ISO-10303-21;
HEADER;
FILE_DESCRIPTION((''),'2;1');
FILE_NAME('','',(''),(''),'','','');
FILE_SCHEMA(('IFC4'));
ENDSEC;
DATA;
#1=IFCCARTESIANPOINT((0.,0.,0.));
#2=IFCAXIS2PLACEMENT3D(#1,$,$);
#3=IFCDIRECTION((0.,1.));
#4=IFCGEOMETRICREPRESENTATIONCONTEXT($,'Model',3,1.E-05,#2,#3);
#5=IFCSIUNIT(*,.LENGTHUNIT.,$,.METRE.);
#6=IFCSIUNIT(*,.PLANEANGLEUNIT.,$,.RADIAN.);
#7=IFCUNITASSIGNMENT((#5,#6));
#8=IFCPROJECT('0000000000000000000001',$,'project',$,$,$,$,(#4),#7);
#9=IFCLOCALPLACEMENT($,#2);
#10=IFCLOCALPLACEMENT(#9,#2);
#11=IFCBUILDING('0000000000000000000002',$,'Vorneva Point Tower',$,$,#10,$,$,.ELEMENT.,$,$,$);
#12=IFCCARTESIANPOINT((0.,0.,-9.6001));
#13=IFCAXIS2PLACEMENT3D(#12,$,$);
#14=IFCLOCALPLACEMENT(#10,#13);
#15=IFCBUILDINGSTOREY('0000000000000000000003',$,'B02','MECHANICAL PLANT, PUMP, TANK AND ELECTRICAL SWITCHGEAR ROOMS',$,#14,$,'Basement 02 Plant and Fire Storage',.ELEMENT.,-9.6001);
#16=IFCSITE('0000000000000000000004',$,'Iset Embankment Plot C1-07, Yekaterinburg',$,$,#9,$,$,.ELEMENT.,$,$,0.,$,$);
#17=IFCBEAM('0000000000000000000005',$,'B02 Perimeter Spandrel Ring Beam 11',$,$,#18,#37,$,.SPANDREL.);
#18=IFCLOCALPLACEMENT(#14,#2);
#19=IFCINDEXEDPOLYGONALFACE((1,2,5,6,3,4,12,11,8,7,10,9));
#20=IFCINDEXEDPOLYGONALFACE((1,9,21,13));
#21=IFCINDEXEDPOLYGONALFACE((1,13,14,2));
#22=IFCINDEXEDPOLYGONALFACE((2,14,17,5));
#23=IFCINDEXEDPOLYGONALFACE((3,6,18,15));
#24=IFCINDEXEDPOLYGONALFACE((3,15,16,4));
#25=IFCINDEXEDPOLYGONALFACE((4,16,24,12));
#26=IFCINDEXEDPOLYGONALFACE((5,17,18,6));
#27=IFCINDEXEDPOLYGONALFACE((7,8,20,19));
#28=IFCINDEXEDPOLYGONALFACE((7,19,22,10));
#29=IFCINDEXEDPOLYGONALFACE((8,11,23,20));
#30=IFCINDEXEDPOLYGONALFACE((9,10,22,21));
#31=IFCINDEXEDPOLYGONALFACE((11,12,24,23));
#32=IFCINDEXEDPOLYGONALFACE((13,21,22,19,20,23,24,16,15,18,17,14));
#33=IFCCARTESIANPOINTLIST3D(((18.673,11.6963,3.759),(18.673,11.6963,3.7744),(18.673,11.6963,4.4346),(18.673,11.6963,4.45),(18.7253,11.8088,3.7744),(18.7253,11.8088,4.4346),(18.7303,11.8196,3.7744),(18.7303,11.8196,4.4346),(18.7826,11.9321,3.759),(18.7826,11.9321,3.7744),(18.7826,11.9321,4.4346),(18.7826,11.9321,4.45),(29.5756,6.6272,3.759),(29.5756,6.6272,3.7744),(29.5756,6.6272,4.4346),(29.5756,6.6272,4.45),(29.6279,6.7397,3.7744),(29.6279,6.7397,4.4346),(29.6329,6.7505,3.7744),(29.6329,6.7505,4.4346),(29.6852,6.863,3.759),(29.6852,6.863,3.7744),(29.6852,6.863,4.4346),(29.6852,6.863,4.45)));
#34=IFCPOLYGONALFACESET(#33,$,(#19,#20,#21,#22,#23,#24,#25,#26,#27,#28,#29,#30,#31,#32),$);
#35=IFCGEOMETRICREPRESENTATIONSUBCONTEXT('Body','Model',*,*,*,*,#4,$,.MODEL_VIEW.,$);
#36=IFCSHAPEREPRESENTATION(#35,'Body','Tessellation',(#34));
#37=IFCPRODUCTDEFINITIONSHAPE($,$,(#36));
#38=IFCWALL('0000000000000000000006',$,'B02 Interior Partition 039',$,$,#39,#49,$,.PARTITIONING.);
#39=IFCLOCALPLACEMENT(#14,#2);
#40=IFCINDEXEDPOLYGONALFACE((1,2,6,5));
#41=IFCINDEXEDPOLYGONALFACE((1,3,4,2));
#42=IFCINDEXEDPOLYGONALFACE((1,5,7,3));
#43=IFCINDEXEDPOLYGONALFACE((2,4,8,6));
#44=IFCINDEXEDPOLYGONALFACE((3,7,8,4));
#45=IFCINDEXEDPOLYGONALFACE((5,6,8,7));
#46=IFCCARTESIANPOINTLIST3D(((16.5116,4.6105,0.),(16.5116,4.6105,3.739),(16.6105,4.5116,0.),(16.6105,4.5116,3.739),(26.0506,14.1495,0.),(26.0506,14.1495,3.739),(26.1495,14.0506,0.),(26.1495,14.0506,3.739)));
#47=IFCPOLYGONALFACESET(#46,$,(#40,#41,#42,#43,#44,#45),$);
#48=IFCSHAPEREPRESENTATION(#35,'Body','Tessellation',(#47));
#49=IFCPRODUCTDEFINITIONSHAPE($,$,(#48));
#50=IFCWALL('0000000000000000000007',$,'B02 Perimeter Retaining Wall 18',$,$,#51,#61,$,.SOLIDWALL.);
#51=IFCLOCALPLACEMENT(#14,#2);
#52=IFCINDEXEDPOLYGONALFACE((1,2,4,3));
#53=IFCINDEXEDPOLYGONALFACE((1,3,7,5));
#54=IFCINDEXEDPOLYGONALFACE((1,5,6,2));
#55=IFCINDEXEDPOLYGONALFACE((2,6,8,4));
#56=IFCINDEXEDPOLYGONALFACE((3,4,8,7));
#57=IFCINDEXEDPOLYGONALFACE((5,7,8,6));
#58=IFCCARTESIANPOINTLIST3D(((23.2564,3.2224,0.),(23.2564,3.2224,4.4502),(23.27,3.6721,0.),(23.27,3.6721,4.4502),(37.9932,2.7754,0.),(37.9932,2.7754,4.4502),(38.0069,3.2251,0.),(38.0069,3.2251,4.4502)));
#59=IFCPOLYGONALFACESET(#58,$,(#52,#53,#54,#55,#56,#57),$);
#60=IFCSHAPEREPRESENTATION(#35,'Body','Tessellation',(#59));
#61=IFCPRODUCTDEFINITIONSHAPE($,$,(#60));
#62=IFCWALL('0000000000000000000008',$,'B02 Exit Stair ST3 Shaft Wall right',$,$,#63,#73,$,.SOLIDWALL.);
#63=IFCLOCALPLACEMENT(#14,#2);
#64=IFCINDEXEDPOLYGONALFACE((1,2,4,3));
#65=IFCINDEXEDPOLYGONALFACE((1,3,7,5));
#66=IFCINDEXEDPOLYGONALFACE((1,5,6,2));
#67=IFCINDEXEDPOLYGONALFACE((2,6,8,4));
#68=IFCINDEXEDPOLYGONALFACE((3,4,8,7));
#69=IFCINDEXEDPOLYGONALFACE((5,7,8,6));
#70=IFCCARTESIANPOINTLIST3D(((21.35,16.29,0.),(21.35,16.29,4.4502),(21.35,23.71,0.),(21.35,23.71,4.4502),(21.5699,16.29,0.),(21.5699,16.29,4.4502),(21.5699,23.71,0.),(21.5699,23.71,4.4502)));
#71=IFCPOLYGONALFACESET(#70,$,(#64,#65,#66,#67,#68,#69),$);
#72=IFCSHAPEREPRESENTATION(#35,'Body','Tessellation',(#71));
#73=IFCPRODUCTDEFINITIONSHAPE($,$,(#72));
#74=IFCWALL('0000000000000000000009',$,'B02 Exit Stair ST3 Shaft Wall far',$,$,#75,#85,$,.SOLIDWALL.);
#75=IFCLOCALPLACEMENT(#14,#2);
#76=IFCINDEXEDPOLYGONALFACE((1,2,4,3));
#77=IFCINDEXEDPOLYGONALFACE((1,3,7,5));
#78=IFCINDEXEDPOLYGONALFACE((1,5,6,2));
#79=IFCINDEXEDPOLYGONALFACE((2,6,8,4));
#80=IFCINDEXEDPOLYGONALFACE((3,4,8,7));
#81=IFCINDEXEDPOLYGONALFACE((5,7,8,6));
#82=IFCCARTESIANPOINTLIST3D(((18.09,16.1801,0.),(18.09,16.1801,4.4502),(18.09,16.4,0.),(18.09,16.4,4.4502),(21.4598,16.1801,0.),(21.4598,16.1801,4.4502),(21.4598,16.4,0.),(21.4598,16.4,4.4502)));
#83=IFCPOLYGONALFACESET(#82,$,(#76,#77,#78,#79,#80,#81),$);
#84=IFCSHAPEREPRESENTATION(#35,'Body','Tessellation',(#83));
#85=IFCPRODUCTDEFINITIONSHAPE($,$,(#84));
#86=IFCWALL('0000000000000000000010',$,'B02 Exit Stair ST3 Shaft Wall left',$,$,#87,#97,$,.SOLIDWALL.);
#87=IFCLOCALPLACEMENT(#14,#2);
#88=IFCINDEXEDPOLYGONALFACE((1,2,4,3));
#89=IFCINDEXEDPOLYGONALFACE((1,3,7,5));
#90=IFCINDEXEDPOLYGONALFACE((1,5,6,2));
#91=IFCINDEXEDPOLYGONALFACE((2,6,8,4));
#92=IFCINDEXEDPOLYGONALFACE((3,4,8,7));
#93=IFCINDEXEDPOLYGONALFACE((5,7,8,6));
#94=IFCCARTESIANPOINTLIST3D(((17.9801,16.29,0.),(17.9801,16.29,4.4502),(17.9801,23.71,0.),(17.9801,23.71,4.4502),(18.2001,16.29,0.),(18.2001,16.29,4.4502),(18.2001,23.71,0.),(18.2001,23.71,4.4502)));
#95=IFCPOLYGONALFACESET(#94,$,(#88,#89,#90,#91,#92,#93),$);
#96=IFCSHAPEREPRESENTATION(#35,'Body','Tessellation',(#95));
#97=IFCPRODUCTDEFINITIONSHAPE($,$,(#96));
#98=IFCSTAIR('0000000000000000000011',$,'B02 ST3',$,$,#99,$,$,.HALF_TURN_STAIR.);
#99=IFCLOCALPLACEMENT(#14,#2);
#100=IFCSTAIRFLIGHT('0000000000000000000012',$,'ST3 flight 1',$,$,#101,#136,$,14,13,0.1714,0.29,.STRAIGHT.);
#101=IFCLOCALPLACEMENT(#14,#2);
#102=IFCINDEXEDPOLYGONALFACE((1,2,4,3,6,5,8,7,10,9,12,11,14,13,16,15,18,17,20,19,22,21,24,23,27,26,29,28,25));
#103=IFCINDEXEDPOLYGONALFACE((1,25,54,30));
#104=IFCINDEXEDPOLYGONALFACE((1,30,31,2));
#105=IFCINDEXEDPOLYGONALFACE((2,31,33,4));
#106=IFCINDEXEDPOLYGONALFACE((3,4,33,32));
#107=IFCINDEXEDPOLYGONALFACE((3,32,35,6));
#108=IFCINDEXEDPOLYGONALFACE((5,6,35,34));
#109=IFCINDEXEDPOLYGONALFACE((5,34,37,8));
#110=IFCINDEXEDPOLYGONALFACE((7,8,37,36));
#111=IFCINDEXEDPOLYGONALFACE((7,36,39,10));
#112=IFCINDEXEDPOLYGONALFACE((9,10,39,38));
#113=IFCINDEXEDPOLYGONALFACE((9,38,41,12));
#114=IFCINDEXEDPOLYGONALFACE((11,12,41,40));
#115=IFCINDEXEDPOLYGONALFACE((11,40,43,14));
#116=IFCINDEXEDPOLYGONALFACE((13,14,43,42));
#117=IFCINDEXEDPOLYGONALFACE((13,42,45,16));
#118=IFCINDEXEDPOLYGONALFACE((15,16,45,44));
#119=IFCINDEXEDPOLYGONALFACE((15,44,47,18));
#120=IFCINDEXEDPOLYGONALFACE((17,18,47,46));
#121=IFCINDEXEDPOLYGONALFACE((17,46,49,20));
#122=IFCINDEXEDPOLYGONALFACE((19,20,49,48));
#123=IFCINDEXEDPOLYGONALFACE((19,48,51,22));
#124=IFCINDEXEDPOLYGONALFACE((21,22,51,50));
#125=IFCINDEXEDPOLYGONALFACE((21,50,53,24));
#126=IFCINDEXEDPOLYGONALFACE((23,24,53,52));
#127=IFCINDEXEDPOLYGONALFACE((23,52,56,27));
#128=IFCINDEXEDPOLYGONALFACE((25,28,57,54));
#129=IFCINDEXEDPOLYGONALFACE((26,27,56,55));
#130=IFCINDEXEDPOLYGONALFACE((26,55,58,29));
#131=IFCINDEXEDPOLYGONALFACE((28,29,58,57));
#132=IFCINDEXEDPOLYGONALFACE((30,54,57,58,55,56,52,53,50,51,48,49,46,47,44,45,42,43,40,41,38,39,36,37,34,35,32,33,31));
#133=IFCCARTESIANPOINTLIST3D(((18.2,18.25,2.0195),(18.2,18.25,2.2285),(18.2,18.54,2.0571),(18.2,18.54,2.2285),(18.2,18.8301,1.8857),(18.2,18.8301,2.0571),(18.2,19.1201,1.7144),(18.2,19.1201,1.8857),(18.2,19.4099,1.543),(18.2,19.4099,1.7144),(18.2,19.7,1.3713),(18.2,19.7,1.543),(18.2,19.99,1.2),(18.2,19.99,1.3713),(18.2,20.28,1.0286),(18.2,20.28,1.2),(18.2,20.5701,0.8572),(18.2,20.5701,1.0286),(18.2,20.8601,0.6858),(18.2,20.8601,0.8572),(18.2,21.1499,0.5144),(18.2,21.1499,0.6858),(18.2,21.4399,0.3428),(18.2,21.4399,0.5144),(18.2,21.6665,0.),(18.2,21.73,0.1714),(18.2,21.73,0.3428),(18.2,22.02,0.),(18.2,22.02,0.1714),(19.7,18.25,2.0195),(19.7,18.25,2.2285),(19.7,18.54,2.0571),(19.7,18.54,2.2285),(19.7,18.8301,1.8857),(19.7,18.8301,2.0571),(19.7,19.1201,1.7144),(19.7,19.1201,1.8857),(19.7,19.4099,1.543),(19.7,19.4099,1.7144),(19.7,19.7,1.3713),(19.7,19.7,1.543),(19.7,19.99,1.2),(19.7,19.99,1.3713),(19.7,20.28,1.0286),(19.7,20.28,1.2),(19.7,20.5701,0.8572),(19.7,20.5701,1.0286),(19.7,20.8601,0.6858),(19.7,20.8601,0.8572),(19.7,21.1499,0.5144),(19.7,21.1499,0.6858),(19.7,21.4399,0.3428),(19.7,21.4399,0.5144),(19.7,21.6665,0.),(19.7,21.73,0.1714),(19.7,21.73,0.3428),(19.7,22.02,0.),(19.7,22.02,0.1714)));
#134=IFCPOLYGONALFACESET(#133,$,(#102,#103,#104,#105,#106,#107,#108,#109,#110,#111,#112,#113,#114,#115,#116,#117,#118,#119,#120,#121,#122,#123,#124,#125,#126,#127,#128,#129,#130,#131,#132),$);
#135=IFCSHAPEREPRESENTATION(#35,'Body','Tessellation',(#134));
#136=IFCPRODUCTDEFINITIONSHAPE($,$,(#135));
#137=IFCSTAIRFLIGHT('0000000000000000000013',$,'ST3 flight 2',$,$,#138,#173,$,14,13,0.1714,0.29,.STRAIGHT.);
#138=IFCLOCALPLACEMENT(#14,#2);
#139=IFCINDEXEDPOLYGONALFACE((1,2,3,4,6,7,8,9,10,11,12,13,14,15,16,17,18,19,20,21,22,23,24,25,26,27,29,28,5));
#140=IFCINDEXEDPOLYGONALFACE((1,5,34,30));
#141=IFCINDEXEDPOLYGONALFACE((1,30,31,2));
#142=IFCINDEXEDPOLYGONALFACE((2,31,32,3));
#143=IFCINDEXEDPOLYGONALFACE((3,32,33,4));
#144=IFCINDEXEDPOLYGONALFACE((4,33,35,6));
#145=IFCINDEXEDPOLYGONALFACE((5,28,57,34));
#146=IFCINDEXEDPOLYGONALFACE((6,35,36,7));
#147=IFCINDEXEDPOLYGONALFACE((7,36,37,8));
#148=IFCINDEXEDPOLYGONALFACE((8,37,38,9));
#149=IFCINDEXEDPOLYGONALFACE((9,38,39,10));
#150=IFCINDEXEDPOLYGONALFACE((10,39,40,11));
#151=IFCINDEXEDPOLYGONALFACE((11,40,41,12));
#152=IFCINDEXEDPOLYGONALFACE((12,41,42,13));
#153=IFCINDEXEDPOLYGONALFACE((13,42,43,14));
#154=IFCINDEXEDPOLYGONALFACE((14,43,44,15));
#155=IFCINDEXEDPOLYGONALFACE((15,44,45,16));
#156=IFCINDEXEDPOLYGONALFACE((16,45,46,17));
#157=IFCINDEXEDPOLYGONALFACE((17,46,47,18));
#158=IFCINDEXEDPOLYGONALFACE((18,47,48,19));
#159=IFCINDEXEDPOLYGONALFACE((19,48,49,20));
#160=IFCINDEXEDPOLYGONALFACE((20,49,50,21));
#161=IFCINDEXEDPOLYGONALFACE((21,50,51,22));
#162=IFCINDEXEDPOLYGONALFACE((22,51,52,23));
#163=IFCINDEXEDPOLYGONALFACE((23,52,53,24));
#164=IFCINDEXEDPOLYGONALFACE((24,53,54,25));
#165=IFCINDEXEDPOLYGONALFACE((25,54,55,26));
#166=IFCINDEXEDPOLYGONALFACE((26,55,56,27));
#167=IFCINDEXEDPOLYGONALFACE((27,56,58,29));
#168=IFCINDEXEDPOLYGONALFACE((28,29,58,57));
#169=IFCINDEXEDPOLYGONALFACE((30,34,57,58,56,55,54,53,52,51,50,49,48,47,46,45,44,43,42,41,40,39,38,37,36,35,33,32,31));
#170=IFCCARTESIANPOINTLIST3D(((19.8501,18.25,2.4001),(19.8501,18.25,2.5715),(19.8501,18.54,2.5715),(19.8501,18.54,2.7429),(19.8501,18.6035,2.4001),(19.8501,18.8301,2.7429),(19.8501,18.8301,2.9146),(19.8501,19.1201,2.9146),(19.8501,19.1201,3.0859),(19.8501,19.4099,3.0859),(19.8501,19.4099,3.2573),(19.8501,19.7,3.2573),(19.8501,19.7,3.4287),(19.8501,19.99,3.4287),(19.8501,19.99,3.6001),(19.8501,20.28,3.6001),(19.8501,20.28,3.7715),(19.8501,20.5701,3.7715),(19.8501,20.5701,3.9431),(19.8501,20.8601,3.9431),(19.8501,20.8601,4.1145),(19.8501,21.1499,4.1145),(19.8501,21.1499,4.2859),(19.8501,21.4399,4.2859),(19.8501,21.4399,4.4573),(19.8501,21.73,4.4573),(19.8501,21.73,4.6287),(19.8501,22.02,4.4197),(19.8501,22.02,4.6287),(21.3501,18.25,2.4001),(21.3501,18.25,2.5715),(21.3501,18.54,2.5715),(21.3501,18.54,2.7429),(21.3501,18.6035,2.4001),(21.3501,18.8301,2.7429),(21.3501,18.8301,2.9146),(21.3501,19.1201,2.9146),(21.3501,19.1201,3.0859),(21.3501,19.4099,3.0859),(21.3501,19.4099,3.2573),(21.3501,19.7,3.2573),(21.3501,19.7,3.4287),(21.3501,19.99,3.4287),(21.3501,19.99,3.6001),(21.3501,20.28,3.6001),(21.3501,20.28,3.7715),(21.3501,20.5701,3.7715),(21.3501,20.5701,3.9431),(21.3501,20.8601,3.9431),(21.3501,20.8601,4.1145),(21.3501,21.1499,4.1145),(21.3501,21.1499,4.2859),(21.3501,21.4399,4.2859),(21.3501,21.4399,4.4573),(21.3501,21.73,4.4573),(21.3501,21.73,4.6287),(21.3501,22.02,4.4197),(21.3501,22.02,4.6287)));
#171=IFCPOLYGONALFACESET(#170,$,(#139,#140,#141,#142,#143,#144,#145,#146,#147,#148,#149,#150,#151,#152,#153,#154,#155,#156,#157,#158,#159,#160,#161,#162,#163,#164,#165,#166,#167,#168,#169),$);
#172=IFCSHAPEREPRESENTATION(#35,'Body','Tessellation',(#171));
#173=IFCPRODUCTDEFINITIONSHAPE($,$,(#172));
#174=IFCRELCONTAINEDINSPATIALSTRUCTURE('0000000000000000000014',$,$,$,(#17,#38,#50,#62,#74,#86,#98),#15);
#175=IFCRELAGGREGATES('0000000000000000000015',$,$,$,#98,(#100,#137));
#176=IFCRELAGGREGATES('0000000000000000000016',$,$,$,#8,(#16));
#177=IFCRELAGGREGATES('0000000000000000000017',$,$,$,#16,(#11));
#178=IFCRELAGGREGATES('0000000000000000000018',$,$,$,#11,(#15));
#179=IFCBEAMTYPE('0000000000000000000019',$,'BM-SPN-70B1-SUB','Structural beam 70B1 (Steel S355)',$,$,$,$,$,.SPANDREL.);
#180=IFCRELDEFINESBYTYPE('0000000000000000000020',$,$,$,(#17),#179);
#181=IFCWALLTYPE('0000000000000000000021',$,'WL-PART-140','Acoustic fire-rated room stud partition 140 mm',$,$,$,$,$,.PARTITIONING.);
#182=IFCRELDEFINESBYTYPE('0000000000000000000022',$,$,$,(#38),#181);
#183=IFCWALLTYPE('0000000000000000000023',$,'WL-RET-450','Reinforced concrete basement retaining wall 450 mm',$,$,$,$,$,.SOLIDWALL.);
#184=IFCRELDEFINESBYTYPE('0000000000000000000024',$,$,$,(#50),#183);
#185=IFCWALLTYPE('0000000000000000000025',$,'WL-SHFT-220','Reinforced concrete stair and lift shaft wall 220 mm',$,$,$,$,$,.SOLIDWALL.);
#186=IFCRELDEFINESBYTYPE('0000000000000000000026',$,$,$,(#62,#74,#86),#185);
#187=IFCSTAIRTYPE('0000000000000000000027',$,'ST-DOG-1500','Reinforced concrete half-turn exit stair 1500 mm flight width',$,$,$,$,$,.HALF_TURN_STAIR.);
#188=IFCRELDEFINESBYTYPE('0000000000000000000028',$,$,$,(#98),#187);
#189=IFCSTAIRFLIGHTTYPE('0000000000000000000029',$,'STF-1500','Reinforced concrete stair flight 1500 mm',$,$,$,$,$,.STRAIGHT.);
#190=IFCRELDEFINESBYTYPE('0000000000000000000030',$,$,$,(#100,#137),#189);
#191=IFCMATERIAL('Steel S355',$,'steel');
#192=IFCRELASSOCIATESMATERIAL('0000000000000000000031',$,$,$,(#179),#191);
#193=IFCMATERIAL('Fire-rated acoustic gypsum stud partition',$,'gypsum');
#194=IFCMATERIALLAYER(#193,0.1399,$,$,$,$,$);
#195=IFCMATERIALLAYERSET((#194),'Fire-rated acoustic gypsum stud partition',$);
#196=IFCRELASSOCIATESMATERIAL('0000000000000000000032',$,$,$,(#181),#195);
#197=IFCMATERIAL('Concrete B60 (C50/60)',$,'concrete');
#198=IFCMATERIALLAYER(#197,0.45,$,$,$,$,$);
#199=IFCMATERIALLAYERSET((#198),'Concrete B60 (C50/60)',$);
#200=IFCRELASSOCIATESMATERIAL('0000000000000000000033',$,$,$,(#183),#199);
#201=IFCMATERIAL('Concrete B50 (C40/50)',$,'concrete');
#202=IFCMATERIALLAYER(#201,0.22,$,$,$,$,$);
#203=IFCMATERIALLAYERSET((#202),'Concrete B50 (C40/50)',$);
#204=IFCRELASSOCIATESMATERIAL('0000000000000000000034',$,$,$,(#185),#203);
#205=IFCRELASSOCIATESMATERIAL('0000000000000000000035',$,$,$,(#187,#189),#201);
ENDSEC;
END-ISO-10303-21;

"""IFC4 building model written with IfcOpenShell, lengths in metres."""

from ifc_helpers import new_model, si_unit, direction, frame, frame_2d, origin, origin_2d, place, context, subcontext, project, spatial, polyline, rectangle, i_section, outline, extrude, material, layer, layer_set, material_profile, profile_set, type_object, element, aggregate, save


model = new_model("IFC4")

# Units and contexts
model_context = context("Model", 3, precision=1e-05, world=origin(), true_north=direction((0.0, 1.0)))
body_context = subcontext(model_context, "Body", "Model", "MODEL_VIEW")
ifc_project = project(units=[si_unit("LENGTHUNIT", "METRE"), si_unit("PLANEANGLEUNIT", "RADIAN")], contexts=[model_context])

# Site, building, storey
site_placement = place(None, origin())
site = spatial("IfcSite", under=ifc_project, at=site_placement, Name="Iset Embankment Plot C1-07, Yekaterinburg", CompositionType="ELEMENT", RefElevation=0.0)
building_placement = place(site_placement, origin())
building = spatial("IfcBuilding", under=site, at=building_placement, Name="Vorneva Point Tower", CompositionType="ELEMENT")
storey_placement = place(building_placement, frame((0.0, 0.0, -9.6001)))
storey = spatial("IfcBuildingStorey", under=building, at=storey_placement, Name="B02", Description="MECHANICAL PLANT, PUMP, TANK AND ELECTRICAL SWITCHGEAR ROOMS", LongName="Basement 02 Plant and Fire Storage", CompositionType="ELEMENT", Elevation=-9.6001)

# Shared definitions
ifc_material_1 = material(Name="Concrete B50 (C40/50)", Category="concrete")

# Shared definitions
ifc_material_2 = material(Name="Concrete B60 (C50/60)", Category="concrete")

# Beam
ifc_material_3 = material(Name="Steel S355", Category="steel")
ifc_material_profile_1 = material_profile(ifc_material_3, i_section(OverallWidth=0.26, OverallDepth=0.6909, WebThickness=0.012, FlangeThickness=0.0154, at=origin_2d()), Name="70B1")
ifc_profile_set_1 = profile_set([ifc_material_profile_1], Name="Steel S355")
beam_type_1 = type_object("IfcBeamType", Name="BM-SPN-70B1-SUB", Description="Structural beam 70B1 (Steel S355)", PredefinedType="SPANDREL", material=ifc_profile_set_1)
beam_1_placement = place(storey_placement, frame((18.7278, 11.8142, 4.1045), z_axis=(0.906781, -0.421602, 0.0), x_axis=(0.421602, 0.906781, 0.0)))
element("IfcBeam", 1, at=beam_1_placement, inside=storey, type_object=beam_type_1, Name="B02 Perimeter Spandrel Ring Beam 11", PredefinedType="SPANDREL", context=body_context, shape_type="SweptSolid", body=[
    extrude(i_section(OverallWidth=0.26, OverallDepth=0.6909, WebThickness=0.012, FlangeThickness=0.0154, at=origin_2d()), origin(), (0.0, 0.0, 1.0), 12.0234),
])

# Walls
ifc_material_4 = material(Name="Fire-rated acoustic gypsum stud partition", Category="gypsum")
ifc_layer_1 = layer(ifc_material_4, 0.1399)
ifc_layer_set_1 = layer_set([ifc_layer_1], Name="Fire-rated acoustic gypsum stud partition")
wall_type_1 = type_object("IfcWallType", Name="WL-PART-140", Description="Acoustic fire-rated room stud partition 140 mm", PredefinedType="PARTITIONING", material=ifc_layer_set_1)
wall_1_placement = place(storey_placement, frame((16.561, 4.561, 0.0), z_axis=(0.0, 0.0, 1.0), x_axis=(0.707107, 0.707107, 0.0)))
element("IfcWall", 2, at=wall_1_placement, inside=storey, type_object=wall_type_1, Name="B02 Interior Partition 039", PredefinedType="PARTITIONING", context=body_context, shape_type="SweptSolid", body=[
    extrude(rectangle(XDim=13.4902, YDim=0.1399, at=frame_2d((6.7451, 0.0))), origin(), (0.0, 0.0, 1.0), 3.739),
])
ifc_layer_2 = layer(ifc_material_2, 0.45)
ifc_layer_set_2 = layer_set([ifc_layer_2], Name="Concrete B60 (C50/60)")
wall_type_2 = type_object("IfcWallType", Name="WL-RET-450", Description="Reinforced concrete basement retaining wall 450 mm", PredefinedType="SOLIDWALL", material=ifc_layer_set_2)
wall_2_placement = place(storey_placement, frame((23.2632, 3.4473, 0.0), z_axis=(0.0, 0.0, 1.0), x_axis=(0.99954, -0.03032, 0.0)))
element("IfcWall", 3, at=wall_2_placement, inside=storey, type_object=wall_type_2, Name="B02 Perimeter Retaining Wall 18", PredefinedType="SOLIDWALL", context=body_context, shape_type="SweptSolid", body=[
    extrude(rectangle(XDim=14.7437, YDim=0.45, at=frame_2d((7.3718, 0.0))), origin(), (0.0, 0.0, 1.0), 4.4502),
])

# Shared definitions
ifc_layer_3 = layer(ifc_material_1, 0.22)
ifc_layer_set_3 = layer_set([ifc_layer_3], Name="Concrete B50 (C40/50)")
wall_type_3 = type_object("IfcWallType", Name="WL-SHFT-220", Description="Reinforced concrete stair and lift shaft wall 220 mm", PredefinedType="SOLIDWALL", material=ifc_layer_set_3)

# Walls
wall_3_placement = place(storey_placement, frame((21.46, 23.71, 0.0), z_axis=(0.0, 0.0, 1.0), x_axis=(0.0, -1.0, 0.0)))
element("IfcWall", 4, at=wall_3_placement, inside=storey, type_object=wall_type_3, Name="B02 Exit Stair ST3 Shaft Wall right", PredefinedType="SOLIDWALL", context=body_context, shape_type="SweptSolid", body=[
    extrude(rectangle(XDim=7.4199, YDim=0.22, at=frame_2d((3.71, 0.0))), origin(), (0.0, 0.0, 1.0), 4.4502),
])
wall_4_placement = place(storey_placement, frame((21.46, 16.29, 0.0), z_axis=(0.0, 0.0, 1.0), x_axis=(-1.0, 0.0, 0.0)))
element("IfcWall", 5, at=wall_4_placement, inside=storey, type_object=wall_type_3, Name="B02 Exit Stair ST3 Shaft Wall far", PredefinedType="SOLIDWALL", context=body_context, shape_type="SweptSolid", body=[
    extrude(rectangle(XDim=3.3699, YDim=0.22, at=frame_2d((1.6851, 0.0))), origin(), (0.0, 0.0, 1.0), 4.4502),
])
wall_5_placement = place(storey_placement, frame((18.0901, 16.29, 0.0), z_axis=(0.0, 0.0, 1.0), x_axis=(0.0, 1.0, 0.0)))
element("IfcWall", 6, at=wall_5_placement, inside=storey, type_object=wall_type_3, Name="B02 Exit Stair ST3 Shaft Wall left", PredefinedType="SOLIDWALL", context=body_context, shape_type="SweptSolid", body=[
    extrude(rectangle(XDim=7.4199, YDim=0.22, at=frame_2d((3.71, 0.0))), origin(), (0.0, 0.0, 1.0), 4.4502),
])

# Stair, stair flights
stair_type = type_object("IfcStairType", Name="ST-DOG-1500", Description="Reinforced concrete half-turn exit stair 1500 mm flight width", PredefinedType="HALF_TURN_STAIR", material=ifc_material_1)
stair_placement = place(storey_placement, origin())
stair = element("IfcStair", 7, at=stair_placement, inside=storey, type_object=stair_type, Name="B02 ST3", PredefinedType="HALF_TURN_STAIR")
stair_flight_type = type_object("IfcStairFlightType", Name="STF-1500", Description="Reinforced concrete stair flight 1500 mm", PredefinedType="STRAIGHT", material=ifc_material_1)
stair_flight_1_placement = place(storey_placement, frame((18.95, 22.02, 0.0), z_axis=(0.0, 0.0, 1.0), x_axis=(0.0, -1.0, 0.0)))
stair_flight_1 = element("IfcStairFlight", 8, at=stair_flight_1_placement, type_object=stair_flight_type, Name="ST3 flight 1", NumberOfRisers=14, NumberOfTreads=13, PredefinedType="STRAIGHT", RiserHeight=0.1714, TreadLength=0.29, context=body_context, shape_type="SweptSolid", body=[
    extrude(outline(polyline([(0.0, 0.0), (0.0, 0.1714), (0.29, 0.1714), (0.29, 0.3428), (0.5801, 0.3428), (0.5801, 0.5144), (0.8701, 0.5144), (0.8701, 0.6858), (1.1599, 0.6858), (1.1599, 0.8572), (1.45, 0.8572), (1.45, 1.0286), (1.74, 1.0286), (1.74, 1.2), (2.03, 1.2), (2.03, 1.3713), (2.3201, 1.3713), (2.3201, 1.543), (2.6101, 1.543), (2.6101, 1.7144), (2.8999, 1.7144), (2.8999, 1.8857), (3.1899, 1.8857), (3.1899, 2.0571), (3.48, 2.0571), (3.48, 2.2285), (3.77, 2.2285), (3.77, 2.3999), (3.77, 2.0195), (0.3535, 0.0), (0.0, 0.0)])), frame((0.0, 0.75, 0.0), z_axis=(0.0, -1.0, 0.0), x_axis=(1.0, 0.0, 0.0)), (0.0, 0.0, 1.0), 1.5),
])
stair_flight_2_placement = place(storey_placement, frame((20.6001, 18.25, 2.4001), z_axis=(0.0, 0.0, 1.0), x_axis=(0.0, 1.0, 0.0)))
stair_flight_2 = element("IfcStairFlight", 9, at=stair_flight_2_placement, type_object=stair_flight_type, Name="ST3 flight 2", NumberOfRisers=14, NumberOfTreads=13, PredefinedType="STRAIGHT", RiserHeight=0.1714, TreadLength=0.29, context=body_context, shape_type="SweptSolid", body=[
    extrude(outline(polyline([(0.0, 0.0), (0.0, 0.1714), (0.29, 0.1714), (0.29, 0.3428), (0.5801, 0.3428), (0.5801, 0.5144), (0.8701, 0.5144), (0.8701, 0.6858), (1.1599, 0.6858), (1.1599, 0.8572), (1.45, 0.8572), (1.45, 1.0286), (1.74, 1.0286), (1.74, 1.2), (2.03, 1.2), (2.03, 1.3713), (2.3201, 1.3713), (2.3201, 1.543), (2.6101, 1.543), (2.6101, 1.7144), (2.8999, 1.7144), (2.8999, 1.8857), (3.1899, 1.8857), (3.1899, 2.0571), (3.48, 2.0571), (3.48, 2.2285), (3.77, 2.2285), (3.77, 2.3999), (3.77, 2.0195), (0.3535, 0.0), (0.0, 0.0)])), frame((0.0, 0.75, 0.0), z_axis=(0.0, -1.0, 0.0), x_axis=(1.0, 0.0, 0.0)), (0.0, 0.0, 1.0), 1.5),
])
aggregate(stair, [stair_flight_1, stair_flight_2])

save(model, "model.ifc")
